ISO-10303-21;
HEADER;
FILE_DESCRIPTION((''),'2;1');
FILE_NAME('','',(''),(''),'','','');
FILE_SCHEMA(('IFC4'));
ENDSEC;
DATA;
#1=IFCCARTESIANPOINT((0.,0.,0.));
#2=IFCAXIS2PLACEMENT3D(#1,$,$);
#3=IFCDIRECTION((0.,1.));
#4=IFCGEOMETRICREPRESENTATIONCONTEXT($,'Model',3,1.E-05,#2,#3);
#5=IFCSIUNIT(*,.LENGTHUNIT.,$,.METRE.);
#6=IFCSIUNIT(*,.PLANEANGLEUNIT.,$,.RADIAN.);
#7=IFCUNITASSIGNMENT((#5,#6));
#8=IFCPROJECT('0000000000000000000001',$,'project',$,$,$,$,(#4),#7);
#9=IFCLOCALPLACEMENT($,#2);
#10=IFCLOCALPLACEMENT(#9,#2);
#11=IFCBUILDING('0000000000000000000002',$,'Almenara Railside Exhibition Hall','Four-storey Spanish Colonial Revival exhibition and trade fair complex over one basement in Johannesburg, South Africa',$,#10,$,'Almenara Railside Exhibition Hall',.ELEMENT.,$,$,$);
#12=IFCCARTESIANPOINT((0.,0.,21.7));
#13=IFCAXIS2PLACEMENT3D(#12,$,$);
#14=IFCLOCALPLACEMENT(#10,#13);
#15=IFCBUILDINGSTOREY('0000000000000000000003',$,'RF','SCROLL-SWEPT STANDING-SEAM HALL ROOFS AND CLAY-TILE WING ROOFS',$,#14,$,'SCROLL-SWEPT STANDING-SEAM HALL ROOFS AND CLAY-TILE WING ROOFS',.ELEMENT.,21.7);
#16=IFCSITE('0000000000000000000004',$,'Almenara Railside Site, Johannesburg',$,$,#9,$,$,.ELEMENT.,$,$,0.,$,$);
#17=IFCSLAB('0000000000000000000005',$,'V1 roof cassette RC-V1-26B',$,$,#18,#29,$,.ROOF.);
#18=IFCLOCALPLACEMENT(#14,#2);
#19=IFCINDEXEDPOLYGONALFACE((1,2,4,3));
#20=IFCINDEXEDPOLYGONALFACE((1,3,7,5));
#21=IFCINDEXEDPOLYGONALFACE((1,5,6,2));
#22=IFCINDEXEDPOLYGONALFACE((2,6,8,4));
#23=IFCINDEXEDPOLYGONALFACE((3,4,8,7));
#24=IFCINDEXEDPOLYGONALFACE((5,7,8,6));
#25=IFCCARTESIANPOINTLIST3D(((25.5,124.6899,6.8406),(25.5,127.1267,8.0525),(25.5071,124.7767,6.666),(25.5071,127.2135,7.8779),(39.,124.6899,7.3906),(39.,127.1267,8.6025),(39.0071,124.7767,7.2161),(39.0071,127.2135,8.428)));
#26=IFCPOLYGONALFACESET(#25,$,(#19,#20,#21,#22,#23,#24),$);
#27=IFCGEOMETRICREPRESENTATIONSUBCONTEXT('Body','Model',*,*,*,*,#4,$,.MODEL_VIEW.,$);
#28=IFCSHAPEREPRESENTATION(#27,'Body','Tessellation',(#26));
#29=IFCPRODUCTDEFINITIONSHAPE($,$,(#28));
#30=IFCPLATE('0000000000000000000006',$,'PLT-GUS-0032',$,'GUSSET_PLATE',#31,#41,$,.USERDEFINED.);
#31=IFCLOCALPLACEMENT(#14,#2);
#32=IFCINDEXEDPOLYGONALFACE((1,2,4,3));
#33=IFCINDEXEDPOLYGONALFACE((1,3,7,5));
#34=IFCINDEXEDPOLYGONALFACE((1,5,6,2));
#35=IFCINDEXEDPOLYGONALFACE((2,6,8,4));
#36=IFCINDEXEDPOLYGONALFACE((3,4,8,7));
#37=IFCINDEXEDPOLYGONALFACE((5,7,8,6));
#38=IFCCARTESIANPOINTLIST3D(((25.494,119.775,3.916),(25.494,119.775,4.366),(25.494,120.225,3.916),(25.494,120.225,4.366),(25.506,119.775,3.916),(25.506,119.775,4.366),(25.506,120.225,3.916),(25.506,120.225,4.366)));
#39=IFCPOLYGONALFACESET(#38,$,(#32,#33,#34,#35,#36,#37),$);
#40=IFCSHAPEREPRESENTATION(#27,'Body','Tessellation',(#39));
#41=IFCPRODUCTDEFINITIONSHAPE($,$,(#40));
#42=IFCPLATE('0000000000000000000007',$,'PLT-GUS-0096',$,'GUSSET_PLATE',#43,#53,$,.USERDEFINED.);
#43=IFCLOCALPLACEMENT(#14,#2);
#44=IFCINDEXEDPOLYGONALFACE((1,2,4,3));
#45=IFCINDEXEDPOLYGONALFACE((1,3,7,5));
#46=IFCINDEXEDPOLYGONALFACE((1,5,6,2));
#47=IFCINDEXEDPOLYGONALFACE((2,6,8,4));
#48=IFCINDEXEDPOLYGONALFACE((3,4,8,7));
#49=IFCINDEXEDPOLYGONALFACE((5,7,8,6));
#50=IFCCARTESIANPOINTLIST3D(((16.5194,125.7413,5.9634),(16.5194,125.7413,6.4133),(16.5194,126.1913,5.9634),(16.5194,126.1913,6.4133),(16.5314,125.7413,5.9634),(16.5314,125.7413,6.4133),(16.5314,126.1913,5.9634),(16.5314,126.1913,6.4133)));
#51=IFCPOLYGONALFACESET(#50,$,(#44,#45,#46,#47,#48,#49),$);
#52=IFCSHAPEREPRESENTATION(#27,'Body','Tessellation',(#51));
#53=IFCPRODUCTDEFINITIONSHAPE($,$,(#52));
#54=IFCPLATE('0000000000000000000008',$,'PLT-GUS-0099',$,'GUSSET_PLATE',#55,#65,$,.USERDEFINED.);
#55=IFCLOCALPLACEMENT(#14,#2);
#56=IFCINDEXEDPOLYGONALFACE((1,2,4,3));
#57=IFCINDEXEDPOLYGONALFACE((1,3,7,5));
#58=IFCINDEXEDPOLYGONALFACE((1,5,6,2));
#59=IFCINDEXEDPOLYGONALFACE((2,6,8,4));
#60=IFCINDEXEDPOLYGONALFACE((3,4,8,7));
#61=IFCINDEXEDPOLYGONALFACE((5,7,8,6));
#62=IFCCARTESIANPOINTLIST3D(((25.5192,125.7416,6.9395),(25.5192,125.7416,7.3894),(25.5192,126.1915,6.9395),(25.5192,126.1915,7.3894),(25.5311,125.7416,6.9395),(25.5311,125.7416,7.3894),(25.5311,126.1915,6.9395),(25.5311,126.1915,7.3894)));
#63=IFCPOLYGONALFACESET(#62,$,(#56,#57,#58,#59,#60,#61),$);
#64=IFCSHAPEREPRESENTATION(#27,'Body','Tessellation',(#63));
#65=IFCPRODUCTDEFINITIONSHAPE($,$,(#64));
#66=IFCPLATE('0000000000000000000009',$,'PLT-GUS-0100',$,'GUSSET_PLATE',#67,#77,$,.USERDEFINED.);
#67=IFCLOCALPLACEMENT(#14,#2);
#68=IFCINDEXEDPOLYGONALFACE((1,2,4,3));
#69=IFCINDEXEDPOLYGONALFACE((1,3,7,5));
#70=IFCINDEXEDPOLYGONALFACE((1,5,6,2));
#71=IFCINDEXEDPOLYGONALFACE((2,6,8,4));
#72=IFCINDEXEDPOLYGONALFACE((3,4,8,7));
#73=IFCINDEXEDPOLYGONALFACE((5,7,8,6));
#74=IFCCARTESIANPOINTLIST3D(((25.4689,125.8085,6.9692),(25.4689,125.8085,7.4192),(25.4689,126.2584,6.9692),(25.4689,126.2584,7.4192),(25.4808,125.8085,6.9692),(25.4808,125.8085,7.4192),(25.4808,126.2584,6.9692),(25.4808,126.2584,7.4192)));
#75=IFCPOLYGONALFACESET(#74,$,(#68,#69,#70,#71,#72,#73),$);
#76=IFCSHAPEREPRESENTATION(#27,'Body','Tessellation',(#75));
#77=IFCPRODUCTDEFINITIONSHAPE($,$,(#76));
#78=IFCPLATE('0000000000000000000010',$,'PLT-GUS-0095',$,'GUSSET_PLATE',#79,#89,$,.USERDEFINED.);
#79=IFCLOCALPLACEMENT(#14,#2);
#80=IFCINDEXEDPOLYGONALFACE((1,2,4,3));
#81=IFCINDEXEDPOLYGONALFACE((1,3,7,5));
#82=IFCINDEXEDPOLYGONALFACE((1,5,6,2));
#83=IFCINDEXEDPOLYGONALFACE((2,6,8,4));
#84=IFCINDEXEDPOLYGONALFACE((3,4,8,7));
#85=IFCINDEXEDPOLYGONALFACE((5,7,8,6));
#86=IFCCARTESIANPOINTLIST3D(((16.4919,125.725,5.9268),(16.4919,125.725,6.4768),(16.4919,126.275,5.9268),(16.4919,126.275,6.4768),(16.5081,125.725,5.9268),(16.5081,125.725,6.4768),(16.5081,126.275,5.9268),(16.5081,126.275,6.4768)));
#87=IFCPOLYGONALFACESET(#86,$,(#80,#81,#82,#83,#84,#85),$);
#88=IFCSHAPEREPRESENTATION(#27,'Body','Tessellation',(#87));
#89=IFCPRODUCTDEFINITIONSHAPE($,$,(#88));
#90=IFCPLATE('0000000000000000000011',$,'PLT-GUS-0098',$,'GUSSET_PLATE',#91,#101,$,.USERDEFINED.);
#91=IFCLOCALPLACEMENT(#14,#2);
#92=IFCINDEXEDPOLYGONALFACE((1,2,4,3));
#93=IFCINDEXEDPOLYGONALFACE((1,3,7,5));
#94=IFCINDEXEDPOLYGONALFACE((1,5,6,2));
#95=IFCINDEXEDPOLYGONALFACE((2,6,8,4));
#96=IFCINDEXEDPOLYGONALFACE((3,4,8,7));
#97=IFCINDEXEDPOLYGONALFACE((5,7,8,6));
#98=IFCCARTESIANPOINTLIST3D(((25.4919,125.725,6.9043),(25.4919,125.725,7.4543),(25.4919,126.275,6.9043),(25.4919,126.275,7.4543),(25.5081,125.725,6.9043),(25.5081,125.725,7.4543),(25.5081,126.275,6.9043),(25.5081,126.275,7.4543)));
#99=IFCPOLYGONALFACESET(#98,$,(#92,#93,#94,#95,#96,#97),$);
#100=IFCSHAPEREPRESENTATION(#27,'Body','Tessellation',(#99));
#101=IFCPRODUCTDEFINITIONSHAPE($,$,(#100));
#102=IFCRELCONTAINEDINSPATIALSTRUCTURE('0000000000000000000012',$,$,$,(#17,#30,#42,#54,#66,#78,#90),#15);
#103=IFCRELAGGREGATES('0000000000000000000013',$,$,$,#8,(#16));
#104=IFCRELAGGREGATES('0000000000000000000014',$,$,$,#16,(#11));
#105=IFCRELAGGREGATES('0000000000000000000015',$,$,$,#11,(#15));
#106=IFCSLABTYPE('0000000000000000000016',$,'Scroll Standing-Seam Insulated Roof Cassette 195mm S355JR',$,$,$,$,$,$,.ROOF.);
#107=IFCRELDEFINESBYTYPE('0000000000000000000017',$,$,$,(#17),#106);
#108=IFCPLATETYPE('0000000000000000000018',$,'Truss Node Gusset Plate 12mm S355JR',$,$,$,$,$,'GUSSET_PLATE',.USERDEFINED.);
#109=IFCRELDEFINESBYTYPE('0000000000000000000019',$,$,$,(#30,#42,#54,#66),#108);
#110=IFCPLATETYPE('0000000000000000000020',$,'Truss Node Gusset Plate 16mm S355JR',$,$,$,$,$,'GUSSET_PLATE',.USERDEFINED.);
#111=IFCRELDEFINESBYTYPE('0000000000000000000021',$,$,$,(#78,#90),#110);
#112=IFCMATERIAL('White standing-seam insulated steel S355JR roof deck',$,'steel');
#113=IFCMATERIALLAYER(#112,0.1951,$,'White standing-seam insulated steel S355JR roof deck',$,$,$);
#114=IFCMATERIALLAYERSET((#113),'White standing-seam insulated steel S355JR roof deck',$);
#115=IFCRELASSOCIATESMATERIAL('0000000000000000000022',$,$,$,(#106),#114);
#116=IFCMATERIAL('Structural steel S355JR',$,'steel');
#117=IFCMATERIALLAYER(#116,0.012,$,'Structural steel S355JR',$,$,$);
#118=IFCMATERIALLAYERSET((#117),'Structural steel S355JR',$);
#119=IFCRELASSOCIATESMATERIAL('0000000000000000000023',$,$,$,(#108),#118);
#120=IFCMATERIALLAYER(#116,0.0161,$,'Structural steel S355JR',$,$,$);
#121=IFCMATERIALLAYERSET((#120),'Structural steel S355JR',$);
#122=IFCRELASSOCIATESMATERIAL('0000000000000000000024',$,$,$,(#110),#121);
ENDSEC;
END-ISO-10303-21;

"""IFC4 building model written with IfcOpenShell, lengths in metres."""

from ifc_helpers import new_model, si_unit, direction, frame, origin, origin_2d, place, context, subcontext, project, spatial, polyline, rectangle, outline, extrude, material, layer, layer_set, type_object, element, save


model = new_model("IFC4")

# Units and contexts
model_context = context("Model", 3, precision=1e-05, world=origin(), true_north=direction((0.0, 1.0)))
body_context = subcontext(model_context, "Body", "Model", "MODEL_VIEW")
ifc_project = project(units=[si_unit("LENGTHUNIT", "METRE"), si_unit("PLANEANGLEUNIT", "RADIAN")], contexts=[model_context])

# Site, building, storey
site_placement = place(None, origin())
site = spatial("IfcSite", under=ifc_project, at=site_placement, Name="Almenara Railside Site, Johannesburg", CompositionType="ELEMENT", RefElevation=0.0)
building_placement = place(site_placement, origin())
building = spatial("IfcBuilding", under=site, at=building_placement, Name="Almenara Railside Exhibition Hall", Description="Four-storey Spanish Colonial Revival exhibition and trade fair complex over one basement in Johannesburg, South Africa", LongName="Almenara Railside Exhibition Hall", CompositionType="ELEMENT")
storey_placement = place(building_placement, frame((0.0, 0.0, 21.7)))
storey = spatial("IfcBuildingStorey", under=building, at=storey_placement, Name="RF", Description="SCROLL-SWEPT STANDING-SEAM HALL ROOFS AND CLAY-TILE WING ROOFS", LongName="SCROLL-SWEPT STANDING-SEAM HALL ROOFS AND CLAY-TILE WING ROOFS", CompositionType="ELEMENT", Elevation=21.7)

# Shared definitions
ifc_material_1 = material(Name="Structural steel S355JR", Category="steel")

# Slab
ifc_material_2 = material(Name="White standing-seam insulated steel S355JR roof deck", Category="steel")
ifc_layer_1 = layer(ifc_material_2, 0.1951, Name="White standing-seam insulated steel S355JR roof deck")
ifc_layer_set_1 = layer_set([ifc_layer_1], Name="White standing-seam insulated steel S355JR roof deck")
slab_type = type_object("IfcSlabType", Name="Scroll Standing-Seam Insulated Roof Cassette 195mm S355JR", PredefinedType="ROOF", material=ifc_layer_set_1)
slab_1_placement = place(storey_placement, frame((25.5, 124.6899, 6.8406), z_axis=(-0.036457, -0.445015, 0.894781), x_axis=(0.999171, 0.0, 0.040711)))
element("IfcSlab", 1, at=slab_1_placement, inside=storey, type_object=slab_type, Name="V1 roof cassette RC-V1-26B", PredefinedType="ROOF", context=body_context, shape_type="SweptSolid", body=[
    extrude(outline(polyline([(0.0, 0.0), (13.5112, 0.0), (13.5605, 2.7211), (0.0493, 2.7211), (0.0, 0.0)])), origin(), (0.0, 0.0, -1.0), 0.1951),
])

# Plates
ifc_layer_2 = layer(ifc_material_1, 0.012, Name="Structural steel S355JR")
ifc_layer_set_2 = layer_set([ifc_layer_2], Name="Structural steel S355JR")
plate_type_1 = type_object("IfcPlateType", Name="Truss Node Gusset Plate 12mm S355JR", ElementType="GUSSET_PLATE", PredefinedType="USERDEFINED", material=ifc_layer_set_2)
for number, where, z_axis, x_axis, name in (
    (2, (25.5, 120.0, 3.916), (0.0, 0.0, 1.0), (0.0, 1.0, 0.0), "PLT-GUS-0032"),
    (3, (16.5254, 125.9663, 5.9634), (0.0, 0.0, 1.0), (0.0, 1.0, 0.0), "PLT-GUS-0096"),
    (4, (25.5251, 125.9666, 6.9395), (0.0, 0.0, 1.0), (0.0, 1.0, 0.0), "PLT-GUS-0099"),
    (5, (25.4749, 126.0334, 6.9692), (0.0, 0.0, 1.0), (0.0, 1.0, 0.0), "PLT-GUS-0100"),
):
    element("IfcPlate", number, at=place(storey_placement, frame(where, z_axis=z_axis, x_axis=x_axis)), inside=storey, type_object=plate_type_1, Name=name, ObjectType="GUSSET_PLATE", PredefinedType="USERDEFINED", context=body_context, shape_type="SweptSolid", body=[
        extrude(rectangle(XDim=0.45, YDim=0.012, at=origin_2d()), origin(), (0.0, 0.0, 1.0), 0.45),
    ])
ifc_layer_3 = layer(ifc_material_1, 0.0161, Name="Structural steel S355JR")
ifc_layer_set_3 = layer_set([ifc_layer_3], Name="Structural steel S355JR")
plate_type_2 = type_object("IfcPlateType", Name="Truss Node Gusset Plate 16mm S355JR", ElementType="GUSSET_PLATE", PredefinedType="USERDEFINED", material=ifc_layer_set_3)
for number, where, z_axis, x_axis, name in (
    (6, (16.5, 126.0, 5.9268), (0.0, 0.0, 1.0), (0.0, 1.0, 0.0), "PLT-GUS-0095"),
    (7, (25.5, 126.0, 6.9043), (0.0, 0.0, 1.0), (0.0, 1.0, 0.0), "PLT-GUS-0098"),
):
    element("IfcPlate", number, at=place(storey_placement, frame(where, z_axis=z_axis, x_axis=x_axis)), inside=storey, type_object=plate_type_2, Name=name, ObjectType="GUSSET_PLATE", PredefinedType="USERDEFINED", context=body_context, shape_type="SweptSolid", body=[
        extrude(rectangle(XDim=0.55, YDim=0.0161, at=origin_2d()), origin(), (0.0, 0.0, 1.0), 0.55),
    ])

save(model, "model.ifc")
